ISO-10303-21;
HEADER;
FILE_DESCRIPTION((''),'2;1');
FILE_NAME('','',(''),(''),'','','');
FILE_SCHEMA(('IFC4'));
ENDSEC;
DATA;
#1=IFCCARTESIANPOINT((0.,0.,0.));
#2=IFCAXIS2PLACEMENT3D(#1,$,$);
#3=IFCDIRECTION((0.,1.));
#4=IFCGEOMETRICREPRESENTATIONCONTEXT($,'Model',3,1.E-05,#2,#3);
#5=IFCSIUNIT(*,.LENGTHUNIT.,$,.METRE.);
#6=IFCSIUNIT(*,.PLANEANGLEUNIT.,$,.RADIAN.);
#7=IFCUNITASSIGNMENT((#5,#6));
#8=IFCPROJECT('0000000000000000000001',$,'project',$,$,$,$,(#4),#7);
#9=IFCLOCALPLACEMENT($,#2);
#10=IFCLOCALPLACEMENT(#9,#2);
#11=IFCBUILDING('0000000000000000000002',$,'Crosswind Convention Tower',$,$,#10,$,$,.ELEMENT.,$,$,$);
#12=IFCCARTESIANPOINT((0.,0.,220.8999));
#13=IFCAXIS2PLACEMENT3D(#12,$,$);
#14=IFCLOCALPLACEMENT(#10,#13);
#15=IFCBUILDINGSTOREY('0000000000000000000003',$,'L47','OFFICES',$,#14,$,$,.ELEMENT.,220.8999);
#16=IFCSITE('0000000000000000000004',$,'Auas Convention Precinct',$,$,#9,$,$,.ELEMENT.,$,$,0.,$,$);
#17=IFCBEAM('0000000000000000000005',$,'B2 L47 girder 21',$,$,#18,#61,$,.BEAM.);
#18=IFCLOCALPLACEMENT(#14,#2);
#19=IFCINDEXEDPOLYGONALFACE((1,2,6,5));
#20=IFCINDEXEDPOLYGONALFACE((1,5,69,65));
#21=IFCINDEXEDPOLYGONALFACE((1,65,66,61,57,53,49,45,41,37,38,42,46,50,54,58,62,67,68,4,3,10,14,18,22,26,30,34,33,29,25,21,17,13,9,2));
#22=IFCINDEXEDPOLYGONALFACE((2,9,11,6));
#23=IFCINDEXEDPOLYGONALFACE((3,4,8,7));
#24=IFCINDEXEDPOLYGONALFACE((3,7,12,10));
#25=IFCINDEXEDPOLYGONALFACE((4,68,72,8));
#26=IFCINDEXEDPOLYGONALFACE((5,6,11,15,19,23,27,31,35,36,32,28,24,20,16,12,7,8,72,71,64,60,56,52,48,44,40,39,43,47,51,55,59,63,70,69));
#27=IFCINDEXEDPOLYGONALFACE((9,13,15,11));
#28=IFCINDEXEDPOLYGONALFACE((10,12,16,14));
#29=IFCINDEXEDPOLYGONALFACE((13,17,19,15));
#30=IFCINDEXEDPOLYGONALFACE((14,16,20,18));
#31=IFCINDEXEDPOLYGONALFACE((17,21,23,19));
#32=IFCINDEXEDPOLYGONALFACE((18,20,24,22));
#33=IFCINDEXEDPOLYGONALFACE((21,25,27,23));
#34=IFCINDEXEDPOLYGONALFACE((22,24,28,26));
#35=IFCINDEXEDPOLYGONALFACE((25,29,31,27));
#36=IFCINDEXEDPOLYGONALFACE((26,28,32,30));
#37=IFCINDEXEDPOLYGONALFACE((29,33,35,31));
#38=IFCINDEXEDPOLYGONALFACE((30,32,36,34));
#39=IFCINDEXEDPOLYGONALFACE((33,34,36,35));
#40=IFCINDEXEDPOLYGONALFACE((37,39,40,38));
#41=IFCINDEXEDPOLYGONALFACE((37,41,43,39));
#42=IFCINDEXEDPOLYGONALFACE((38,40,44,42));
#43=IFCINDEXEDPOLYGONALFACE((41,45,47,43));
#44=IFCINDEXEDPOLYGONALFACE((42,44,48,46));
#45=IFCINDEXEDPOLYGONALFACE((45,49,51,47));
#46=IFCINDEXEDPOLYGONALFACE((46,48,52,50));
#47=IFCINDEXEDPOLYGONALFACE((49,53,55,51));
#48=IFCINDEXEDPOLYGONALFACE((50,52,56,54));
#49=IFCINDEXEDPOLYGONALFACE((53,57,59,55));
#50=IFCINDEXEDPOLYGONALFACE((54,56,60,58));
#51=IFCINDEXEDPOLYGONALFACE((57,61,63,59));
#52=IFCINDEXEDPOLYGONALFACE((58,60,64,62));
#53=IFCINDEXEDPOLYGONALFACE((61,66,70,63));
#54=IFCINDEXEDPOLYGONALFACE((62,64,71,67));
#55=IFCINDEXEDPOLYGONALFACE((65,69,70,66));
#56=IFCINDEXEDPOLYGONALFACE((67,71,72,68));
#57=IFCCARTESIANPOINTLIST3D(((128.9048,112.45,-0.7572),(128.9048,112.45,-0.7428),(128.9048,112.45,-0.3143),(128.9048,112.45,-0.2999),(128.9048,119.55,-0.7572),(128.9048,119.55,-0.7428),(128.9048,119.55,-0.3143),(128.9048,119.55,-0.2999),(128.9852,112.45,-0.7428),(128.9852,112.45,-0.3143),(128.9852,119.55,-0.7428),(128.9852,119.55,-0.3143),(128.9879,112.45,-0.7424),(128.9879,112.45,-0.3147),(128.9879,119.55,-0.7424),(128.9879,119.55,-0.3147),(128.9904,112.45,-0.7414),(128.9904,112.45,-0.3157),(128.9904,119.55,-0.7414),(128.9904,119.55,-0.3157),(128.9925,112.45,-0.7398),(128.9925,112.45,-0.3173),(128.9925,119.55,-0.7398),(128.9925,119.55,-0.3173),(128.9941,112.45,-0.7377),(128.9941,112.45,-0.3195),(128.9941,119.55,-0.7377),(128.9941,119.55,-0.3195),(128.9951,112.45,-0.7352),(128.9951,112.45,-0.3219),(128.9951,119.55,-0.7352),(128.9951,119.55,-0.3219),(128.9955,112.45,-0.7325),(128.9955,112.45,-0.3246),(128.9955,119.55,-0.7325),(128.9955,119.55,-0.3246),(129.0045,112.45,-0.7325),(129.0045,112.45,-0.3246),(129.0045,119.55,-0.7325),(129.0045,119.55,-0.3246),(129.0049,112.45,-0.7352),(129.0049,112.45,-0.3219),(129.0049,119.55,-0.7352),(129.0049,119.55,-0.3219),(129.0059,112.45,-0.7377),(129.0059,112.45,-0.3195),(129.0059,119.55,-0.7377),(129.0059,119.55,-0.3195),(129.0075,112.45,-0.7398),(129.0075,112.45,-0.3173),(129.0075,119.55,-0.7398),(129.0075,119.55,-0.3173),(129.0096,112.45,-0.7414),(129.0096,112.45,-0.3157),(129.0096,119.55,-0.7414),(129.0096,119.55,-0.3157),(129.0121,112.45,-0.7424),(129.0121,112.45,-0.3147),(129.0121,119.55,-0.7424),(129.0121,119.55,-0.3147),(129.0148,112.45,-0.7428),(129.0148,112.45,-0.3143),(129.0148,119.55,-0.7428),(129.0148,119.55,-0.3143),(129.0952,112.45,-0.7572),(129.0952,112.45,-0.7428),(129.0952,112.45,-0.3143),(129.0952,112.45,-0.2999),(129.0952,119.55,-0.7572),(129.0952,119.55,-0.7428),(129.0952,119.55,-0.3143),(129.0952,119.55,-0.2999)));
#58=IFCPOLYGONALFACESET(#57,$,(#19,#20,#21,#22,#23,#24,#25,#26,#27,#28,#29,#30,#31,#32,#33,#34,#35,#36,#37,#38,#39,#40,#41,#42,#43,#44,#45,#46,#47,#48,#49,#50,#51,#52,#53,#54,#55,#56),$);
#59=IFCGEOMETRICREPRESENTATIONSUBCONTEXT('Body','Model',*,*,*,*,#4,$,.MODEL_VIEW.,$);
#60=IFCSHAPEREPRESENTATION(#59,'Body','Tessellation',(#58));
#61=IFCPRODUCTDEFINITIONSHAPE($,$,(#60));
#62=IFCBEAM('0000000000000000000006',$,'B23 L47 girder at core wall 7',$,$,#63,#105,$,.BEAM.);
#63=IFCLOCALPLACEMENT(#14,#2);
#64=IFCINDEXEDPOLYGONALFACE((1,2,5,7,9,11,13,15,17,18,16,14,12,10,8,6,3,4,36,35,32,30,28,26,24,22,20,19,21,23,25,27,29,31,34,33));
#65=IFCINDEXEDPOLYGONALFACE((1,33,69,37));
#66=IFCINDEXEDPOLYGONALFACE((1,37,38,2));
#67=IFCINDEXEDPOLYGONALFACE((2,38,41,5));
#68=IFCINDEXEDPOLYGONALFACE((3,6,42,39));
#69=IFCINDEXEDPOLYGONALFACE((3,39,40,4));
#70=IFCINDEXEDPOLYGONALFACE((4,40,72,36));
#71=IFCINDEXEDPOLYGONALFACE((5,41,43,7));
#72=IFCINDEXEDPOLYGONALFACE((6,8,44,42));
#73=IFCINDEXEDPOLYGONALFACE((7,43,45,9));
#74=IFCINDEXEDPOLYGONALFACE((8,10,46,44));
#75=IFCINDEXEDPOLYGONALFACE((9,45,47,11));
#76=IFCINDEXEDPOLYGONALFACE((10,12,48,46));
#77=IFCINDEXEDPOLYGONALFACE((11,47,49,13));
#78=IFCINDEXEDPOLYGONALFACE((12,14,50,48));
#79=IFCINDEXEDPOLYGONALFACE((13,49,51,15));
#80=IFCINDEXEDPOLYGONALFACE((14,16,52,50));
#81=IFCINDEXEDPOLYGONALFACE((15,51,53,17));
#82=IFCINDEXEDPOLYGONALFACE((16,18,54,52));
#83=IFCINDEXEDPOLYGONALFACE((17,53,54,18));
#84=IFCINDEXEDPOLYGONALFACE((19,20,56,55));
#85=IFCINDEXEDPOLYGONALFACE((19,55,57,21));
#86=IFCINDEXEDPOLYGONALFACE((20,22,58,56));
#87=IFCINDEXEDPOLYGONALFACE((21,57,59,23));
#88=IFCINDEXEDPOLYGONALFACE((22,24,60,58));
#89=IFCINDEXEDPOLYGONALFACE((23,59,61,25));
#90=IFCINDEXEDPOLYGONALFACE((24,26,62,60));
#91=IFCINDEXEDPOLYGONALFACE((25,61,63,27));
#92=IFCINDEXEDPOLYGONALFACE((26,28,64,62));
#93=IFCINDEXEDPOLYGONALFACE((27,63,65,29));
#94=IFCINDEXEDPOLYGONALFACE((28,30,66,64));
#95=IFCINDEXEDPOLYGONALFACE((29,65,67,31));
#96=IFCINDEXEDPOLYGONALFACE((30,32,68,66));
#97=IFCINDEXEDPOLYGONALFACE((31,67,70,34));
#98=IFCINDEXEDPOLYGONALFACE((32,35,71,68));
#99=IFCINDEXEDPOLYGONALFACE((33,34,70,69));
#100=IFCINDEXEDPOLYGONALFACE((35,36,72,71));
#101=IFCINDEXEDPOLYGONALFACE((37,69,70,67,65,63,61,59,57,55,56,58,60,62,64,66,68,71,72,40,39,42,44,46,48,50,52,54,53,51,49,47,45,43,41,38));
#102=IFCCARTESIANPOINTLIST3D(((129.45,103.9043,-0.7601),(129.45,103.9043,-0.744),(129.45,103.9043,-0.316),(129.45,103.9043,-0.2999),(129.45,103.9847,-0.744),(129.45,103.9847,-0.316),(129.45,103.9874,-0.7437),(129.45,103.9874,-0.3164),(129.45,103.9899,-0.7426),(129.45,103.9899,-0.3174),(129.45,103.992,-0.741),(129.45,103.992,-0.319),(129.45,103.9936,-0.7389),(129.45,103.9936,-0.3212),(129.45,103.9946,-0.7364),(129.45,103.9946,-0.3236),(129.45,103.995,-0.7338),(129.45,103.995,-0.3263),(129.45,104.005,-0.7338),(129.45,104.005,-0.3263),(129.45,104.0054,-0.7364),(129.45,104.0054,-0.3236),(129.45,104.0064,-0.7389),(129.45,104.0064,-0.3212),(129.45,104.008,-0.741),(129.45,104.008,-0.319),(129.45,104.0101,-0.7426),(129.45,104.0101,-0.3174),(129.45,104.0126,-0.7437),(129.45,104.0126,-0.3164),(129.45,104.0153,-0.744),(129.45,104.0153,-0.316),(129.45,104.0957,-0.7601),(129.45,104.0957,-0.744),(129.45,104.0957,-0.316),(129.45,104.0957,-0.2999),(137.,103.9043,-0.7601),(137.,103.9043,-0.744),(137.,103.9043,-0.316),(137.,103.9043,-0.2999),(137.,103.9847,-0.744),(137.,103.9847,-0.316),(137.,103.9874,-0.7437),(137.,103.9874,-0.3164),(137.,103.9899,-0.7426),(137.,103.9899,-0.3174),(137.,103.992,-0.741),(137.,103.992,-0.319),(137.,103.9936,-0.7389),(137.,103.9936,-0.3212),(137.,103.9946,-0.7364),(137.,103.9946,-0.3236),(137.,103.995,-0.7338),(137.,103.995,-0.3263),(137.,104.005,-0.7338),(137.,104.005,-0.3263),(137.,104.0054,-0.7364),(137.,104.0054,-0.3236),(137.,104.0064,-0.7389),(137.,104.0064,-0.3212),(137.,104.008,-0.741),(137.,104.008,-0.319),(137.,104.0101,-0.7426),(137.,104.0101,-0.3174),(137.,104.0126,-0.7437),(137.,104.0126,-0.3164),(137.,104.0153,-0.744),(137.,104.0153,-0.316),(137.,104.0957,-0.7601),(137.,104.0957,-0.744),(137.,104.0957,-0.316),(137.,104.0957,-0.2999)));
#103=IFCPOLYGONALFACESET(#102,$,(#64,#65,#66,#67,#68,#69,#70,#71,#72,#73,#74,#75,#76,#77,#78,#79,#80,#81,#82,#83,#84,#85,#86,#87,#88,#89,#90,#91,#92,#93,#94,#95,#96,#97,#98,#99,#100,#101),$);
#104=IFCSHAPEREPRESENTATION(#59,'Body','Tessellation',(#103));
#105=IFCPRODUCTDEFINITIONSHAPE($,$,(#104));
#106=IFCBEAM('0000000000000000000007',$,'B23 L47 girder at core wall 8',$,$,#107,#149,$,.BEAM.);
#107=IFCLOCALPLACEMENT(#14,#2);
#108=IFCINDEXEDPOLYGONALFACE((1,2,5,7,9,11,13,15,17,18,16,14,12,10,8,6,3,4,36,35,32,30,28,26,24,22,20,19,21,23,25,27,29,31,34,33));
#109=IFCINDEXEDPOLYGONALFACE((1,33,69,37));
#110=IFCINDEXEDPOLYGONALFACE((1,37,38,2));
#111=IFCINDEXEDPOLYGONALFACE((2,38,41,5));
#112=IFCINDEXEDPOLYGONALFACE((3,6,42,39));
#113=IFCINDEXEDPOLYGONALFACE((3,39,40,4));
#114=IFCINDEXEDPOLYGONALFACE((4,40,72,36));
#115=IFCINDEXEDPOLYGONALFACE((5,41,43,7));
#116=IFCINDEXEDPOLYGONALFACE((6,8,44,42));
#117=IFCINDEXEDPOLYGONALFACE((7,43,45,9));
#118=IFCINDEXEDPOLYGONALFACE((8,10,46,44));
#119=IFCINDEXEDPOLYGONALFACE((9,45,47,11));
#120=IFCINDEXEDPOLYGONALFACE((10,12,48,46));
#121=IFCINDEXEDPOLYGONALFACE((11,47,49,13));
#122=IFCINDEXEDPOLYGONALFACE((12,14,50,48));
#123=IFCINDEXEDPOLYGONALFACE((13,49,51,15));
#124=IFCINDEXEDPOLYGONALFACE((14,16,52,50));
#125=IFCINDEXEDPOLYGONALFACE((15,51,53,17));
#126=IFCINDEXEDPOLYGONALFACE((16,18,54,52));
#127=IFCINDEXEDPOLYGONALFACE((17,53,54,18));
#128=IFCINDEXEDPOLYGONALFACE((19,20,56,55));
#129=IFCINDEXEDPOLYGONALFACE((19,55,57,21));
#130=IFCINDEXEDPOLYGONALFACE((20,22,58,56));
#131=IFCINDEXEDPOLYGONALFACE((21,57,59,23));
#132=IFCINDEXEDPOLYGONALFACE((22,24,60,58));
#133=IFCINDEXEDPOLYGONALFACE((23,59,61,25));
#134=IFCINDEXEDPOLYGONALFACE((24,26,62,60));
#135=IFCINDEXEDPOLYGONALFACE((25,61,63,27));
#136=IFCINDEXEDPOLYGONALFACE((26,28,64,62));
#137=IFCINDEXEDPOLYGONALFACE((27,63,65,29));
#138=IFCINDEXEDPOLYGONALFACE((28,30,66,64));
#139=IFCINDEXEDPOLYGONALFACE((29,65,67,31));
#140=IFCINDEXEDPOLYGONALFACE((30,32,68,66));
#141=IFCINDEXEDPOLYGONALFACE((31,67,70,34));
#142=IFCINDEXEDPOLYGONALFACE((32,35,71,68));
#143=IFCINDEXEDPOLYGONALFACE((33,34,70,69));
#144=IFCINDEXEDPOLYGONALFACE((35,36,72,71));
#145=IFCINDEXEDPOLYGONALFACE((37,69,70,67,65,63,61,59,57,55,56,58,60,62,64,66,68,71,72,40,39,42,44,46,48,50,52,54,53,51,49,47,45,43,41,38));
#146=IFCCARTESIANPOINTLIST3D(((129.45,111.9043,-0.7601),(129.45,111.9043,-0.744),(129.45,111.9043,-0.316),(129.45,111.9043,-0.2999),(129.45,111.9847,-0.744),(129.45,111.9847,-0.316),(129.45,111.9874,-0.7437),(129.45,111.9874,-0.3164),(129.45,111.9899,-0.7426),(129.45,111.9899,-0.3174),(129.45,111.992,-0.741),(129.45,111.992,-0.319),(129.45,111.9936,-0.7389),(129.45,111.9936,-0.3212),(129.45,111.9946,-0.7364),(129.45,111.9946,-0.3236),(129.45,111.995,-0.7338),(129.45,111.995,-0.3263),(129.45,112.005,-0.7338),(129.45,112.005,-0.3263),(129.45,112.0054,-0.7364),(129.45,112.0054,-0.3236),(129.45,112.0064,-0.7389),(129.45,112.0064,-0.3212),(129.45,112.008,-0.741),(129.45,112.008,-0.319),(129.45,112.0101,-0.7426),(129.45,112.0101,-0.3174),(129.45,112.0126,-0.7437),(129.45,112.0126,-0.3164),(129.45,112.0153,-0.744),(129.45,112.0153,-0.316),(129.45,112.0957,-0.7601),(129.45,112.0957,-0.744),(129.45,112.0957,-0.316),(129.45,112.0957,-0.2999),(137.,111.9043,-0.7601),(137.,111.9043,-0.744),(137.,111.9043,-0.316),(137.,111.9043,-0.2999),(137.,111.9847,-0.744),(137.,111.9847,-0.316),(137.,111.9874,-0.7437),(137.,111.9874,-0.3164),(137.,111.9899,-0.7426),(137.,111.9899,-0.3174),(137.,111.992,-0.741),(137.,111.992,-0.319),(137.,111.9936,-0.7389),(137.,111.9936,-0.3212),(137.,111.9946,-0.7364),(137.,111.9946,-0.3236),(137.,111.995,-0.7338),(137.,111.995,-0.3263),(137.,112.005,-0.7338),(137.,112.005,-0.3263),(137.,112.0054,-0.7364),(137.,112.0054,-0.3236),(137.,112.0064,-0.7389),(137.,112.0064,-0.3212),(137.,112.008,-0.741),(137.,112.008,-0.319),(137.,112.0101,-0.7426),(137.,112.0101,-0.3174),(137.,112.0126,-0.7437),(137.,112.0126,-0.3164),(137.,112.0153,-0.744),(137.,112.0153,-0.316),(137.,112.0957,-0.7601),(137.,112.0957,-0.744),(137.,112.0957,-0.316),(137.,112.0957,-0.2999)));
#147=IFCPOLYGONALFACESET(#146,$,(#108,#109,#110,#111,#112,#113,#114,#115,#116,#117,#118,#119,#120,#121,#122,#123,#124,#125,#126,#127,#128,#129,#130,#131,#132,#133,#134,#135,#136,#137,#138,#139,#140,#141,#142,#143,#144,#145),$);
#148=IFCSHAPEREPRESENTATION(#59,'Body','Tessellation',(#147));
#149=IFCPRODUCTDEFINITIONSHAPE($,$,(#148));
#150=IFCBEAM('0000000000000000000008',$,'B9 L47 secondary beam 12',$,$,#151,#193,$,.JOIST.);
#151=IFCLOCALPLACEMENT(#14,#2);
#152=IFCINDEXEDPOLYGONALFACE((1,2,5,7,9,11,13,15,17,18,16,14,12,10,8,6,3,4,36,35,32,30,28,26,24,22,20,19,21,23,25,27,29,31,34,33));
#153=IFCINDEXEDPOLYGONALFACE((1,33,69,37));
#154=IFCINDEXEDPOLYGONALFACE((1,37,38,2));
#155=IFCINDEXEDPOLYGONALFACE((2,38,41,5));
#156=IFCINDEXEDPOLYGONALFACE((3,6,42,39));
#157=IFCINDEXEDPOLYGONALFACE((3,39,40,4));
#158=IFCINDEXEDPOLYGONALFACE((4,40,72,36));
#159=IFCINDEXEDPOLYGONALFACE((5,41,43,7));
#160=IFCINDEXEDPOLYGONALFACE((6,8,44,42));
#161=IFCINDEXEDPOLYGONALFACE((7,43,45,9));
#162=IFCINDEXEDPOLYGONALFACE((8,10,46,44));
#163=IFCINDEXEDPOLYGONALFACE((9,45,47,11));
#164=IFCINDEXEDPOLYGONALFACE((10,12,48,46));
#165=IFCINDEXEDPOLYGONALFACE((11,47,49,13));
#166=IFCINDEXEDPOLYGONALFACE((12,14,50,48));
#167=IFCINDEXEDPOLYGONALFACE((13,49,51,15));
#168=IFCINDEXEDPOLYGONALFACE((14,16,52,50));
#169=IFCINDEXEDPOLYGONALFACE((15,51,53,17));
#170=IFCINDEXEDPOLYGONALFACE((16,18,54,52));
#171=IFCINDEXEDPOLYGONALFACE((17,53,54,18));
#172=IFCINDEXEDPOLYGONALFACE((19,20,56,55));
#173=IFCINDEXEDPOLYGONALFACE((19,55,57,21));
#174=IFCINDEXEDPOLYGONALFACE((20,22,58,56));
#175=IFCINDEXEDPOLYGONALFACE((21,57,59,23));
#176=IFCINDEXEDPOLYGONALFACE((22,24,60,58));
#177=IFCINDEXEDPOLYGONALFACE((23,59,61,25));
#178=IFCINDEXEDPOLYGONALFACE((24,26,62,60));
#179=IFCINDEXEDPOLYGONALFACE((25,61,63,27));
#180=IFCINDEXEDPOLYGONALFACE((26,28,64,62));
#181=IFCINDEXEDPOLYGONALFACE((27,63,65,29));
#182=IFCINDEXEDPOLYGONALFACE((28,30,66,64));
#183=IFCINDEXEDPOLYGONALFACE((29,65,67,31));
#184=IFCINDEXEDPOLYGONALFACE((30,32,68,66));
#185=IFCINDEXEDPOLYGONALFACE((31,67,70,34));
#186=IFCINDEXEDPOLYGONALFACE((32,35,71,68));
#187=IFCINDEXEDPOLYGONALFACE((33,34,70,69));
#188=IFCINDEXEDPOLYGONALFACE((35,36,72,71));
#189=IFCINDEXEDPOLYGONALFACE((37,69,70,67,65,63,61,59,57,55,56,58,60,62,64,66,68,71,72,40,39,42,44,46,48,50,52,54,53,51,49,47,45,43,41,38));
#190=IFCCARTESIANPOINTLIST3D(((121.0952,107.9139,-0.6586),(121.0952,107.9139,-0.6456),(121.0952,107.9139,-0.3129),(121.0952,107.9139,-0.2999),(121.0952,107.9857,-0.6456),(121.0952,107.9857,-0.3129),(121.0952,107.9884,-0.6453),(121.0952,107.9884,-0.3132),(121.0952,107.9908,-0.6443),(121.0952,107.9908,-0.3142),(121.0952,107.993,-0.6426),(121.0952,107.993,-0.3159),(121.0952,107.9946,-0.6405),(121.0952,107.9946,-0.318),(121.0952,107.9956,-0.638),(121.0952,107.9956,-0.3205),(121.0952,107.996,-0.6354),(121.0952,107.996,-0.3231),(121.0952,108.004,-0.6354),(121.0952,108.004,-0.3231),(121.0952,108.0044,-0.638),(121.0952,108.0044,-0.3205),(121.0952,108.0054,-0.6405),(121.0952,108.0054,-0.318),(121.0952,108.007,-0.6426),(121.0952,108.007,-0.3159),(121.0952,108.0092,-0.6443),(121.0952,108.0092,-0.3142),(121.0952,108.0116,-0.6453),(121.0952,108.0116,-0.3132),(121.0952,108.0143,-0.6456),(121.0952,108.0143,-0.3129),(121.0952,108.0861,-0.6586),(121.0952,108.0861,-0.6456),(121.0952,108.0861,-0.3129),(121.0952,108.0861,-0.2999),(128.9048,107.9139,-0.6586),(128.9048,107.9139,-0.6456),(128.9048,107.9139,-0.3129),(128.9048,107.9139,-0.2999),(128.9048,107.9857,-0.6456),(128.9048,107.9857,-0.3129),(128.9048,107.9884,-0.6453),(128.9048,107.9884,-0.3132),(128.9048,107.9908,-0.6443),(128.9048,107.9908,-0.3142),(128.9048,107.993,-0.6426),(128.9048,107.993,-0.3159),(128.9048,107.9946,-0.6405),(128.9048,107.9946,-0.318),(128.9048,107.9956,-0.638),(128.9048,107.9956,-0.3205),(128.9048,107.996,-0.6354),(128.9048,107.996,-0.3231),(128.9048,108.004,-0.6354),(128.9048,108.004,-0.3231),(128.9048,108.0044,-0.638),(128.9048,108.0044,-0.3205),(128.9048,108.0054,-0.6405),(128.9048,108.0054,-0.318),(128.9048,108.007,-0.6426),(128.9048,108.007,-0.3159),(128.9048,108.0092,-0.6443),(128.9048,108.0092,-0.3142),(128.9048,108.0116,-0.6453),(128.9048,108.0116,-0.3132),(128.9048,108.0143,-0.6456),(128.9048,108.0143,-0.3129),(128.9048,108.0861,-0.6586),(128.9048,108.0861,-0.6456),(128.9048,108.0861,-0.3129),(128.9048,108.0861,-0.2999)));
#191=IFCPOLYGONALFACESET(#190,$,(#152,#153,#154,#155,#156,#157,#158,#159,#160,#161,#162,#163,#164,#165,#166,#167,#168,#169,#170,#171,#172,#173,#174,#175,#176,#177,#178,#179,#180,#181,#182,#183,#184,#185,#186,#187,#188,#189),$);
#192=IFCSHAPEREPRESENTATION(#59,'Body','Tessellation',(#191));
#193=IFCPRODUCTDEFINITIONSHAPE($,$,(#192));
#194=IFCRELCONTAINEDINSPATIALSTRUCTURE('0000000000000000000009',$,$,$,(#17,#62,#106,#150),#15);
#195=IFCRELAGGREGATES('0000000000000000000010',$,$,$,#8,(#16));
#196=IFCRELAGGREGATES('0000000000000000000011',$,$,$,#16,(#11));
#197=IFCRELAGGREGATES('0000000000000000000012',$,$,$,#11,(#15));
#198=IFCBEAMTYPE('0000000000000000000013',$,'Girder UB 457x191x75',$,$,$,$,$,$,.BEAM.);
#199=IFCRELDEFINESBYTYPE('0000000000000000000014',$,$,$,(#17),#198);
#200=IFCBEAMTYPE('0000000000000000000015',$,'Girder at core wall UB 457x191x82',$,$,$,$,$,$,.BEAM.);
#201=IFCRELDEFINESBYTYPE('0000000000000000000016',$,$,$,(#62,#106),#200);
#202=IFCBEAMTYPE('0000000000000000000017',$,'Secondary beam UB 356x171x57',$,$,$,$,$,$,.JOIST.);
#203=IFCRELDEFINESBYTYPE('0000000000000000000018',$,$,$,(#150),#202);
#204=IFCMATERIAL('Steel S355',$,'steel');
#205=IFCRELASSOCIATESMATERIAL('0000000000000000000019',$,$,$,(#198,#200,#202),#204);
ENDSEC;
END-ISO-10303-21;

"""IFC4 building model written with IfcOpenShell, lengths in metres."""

from ifc_helpers import new_model, si_unit, direction, frame, origin, origin_2d, place, context, subcontext, project, spatial, i_section, extrude, material, material_profile, profile_set, type_object, element, save


model = new_model("IFC4")

# Units and contexts
model_context = context("Model", 3, precision=1e-05, world=origin(), true_north=direction((0.0, 1.0)))
body_context = subcontext(model_context, "Body", "Model", "MODEL_VIEW")
ifc_project = project(units=[si_unit("LENGTHUNIT", "METRE"), si_unit("PLANEANGLEUNIT", "RADIAN")], contexts=[model_context])

# Site, building, storey
site_placement = place(None, origin())
site = spatial("IfcSite", under=ifc_project, at=site_placement, Name="Auas Convention Precinct", CompositionType="ELEMENT", RefElevation=0.0)
building_placement = place(site_placement, origin())
building = spatial("IfcBuilding", under=site, at=building_placement, Name="Crosswind Convention Tower", CompositionType="ELEMENT")
storey_placement = place(building_placement, frame((0.0, 0.0, 220.8999)))
storey = spatial("IfcBuildingStorey", under=building, at=storey_placement, Name="L47", Description="OFFICES", CompositionType="ELEMENT", Elevation=220.8999)

# Beams
ifc_material_1 = material(Name="Steel S355", Category="steel")
ifc_material_profile_1 = material_profile(ifc_material_1, i_section(OverallWidth=0.1904, OverallDepth=0.4573, WebThickness=0.009, FlangeThickness=0.0144, FilletRadius=0.0103, at=origin_2d()), Name="UB 457x191x75")
ifc_profile_set_1 = profile_set([ifc_material_profile_1], Name="Steel S355")
beam_type_1 = type_object("IfcBeamType", Name="Girder UB 457x191x75", PredefinedType="BEAM", material=ifc_profile_set_1)
for number, where, z_axis, x_axis, name in (
    (1, (129.0, 112.45, -0.5286), (0.0, 1.0, 0.0), (-1.0, 0.0, 0.0), "B2 L47 girder 21"),
):
    element("IfcBeam", number, at=place(storey_placement, frame(where, z_axis=z_axis, x_axis=x_axis)), inside=storey, type_object=beam_type_1, Name=name, PredefinedType="BEAM", context=body_context, shape_type="SweptSolid", body=[
        extrude(i_section(OverallWidth=0.1904, OverallDepth=0.4573, WebThickness=0.009, FlangeThickness=0.0144, FilletRadius=0.0103, at=origin_2d()), origin(), (0.0, 0.0, 1.0), 7.1001),
    ])
ifc_material_profile_2 = material_profile(ifc_material_1, i_section(OverallWidth=0.1914, OverallDepth=0.4602, WebThickness=0.01, FlangeThickness=0.0161, FilletRadius=0.0103, at=origin_2d()), Name="UB 457x191x82")
ifc_profile_set_2 = profile_set([ifc_material_profile_2], Name="Steel S355")
beam_type_2 = type_object("IfcBeamType", Name="Girder at core wall UB 457x191x82", PredefinedType="BEAM", material=ifc_profile_set_2)
for number, where, z_axis, x_axis, name in (
    (2, (129.45, 104.0, -0.53), (1.0, 0.0, 0.0), (0.0, 1.0, 0.0), "B23 L47 girder at core wall 7"),
    (3, (129.45, 112.0, -0.53), (1.0, 0.0, 0.0), (0.0, 1.0, 0.0), "B23 L47 girder at core wall 8"),
):
    element("IfcBeam", number, at=place(storey_placement, frame(where, z_axis=z_axis, x_axis=x_axis)), inside=storey, type_object=beam_type_2, Name=name, PredefinedType="BEAM", context=body_context, shape_type="SweptSolid", body=[
        extrude(i_section(OverallWidth=0.1914, OverallDepth=0.4602, WebThickness=0.01, FlangeThickness=0.0161, FilletRadius=0.0103, at=origin_2d()), origin(), (0.0, 0.0, 1.0), 7.55),
    ])
ifc_material_profile_3 = material_profile(ifc_material_1, i_section(OverallWidth=0.1721, OverallDepth=0.3586, WebThickness=0.0081, FlangeThickness=0.0129, FilletRadius=0.0103, at=origin_2d()), Name="UB 356x171x57")
ifc_profile_set_3 = profile_set([ifc_material_profile_3], Name="Steel S355")
beam_type_3 = type_object("IfcBeamType", Name="Secondary beam UB 356x171x57", PredefinedType="JOIST", material=ifc_profile_set_3)
beam_1_placement = place(storey_placement, frame((121.0952, 108.0, -0.4792), z_axis=(1.0, 0.0, 0.0), x_axis=(0.0, 1.0, 0.0)))
element("IfcBeam", 4, at=beam_1_placement, inside=storey, type_object=beam_type_3, Name="B9 L47 secondary beam 12", PredefinedType="JOIST", context=body_context, shape_type="SweptSolid", body=[
    extrude(i_section(OverallWidth=0.1721, OverallDepth=0.3586, WebThickness=0.0081, FlangeThickness=0.0129, FilletRadius=0.0103, at=origin_2d()), origin(), (0.0, 0.0, 1.0), 7.8096),
])

save(model, "model.ifc")
